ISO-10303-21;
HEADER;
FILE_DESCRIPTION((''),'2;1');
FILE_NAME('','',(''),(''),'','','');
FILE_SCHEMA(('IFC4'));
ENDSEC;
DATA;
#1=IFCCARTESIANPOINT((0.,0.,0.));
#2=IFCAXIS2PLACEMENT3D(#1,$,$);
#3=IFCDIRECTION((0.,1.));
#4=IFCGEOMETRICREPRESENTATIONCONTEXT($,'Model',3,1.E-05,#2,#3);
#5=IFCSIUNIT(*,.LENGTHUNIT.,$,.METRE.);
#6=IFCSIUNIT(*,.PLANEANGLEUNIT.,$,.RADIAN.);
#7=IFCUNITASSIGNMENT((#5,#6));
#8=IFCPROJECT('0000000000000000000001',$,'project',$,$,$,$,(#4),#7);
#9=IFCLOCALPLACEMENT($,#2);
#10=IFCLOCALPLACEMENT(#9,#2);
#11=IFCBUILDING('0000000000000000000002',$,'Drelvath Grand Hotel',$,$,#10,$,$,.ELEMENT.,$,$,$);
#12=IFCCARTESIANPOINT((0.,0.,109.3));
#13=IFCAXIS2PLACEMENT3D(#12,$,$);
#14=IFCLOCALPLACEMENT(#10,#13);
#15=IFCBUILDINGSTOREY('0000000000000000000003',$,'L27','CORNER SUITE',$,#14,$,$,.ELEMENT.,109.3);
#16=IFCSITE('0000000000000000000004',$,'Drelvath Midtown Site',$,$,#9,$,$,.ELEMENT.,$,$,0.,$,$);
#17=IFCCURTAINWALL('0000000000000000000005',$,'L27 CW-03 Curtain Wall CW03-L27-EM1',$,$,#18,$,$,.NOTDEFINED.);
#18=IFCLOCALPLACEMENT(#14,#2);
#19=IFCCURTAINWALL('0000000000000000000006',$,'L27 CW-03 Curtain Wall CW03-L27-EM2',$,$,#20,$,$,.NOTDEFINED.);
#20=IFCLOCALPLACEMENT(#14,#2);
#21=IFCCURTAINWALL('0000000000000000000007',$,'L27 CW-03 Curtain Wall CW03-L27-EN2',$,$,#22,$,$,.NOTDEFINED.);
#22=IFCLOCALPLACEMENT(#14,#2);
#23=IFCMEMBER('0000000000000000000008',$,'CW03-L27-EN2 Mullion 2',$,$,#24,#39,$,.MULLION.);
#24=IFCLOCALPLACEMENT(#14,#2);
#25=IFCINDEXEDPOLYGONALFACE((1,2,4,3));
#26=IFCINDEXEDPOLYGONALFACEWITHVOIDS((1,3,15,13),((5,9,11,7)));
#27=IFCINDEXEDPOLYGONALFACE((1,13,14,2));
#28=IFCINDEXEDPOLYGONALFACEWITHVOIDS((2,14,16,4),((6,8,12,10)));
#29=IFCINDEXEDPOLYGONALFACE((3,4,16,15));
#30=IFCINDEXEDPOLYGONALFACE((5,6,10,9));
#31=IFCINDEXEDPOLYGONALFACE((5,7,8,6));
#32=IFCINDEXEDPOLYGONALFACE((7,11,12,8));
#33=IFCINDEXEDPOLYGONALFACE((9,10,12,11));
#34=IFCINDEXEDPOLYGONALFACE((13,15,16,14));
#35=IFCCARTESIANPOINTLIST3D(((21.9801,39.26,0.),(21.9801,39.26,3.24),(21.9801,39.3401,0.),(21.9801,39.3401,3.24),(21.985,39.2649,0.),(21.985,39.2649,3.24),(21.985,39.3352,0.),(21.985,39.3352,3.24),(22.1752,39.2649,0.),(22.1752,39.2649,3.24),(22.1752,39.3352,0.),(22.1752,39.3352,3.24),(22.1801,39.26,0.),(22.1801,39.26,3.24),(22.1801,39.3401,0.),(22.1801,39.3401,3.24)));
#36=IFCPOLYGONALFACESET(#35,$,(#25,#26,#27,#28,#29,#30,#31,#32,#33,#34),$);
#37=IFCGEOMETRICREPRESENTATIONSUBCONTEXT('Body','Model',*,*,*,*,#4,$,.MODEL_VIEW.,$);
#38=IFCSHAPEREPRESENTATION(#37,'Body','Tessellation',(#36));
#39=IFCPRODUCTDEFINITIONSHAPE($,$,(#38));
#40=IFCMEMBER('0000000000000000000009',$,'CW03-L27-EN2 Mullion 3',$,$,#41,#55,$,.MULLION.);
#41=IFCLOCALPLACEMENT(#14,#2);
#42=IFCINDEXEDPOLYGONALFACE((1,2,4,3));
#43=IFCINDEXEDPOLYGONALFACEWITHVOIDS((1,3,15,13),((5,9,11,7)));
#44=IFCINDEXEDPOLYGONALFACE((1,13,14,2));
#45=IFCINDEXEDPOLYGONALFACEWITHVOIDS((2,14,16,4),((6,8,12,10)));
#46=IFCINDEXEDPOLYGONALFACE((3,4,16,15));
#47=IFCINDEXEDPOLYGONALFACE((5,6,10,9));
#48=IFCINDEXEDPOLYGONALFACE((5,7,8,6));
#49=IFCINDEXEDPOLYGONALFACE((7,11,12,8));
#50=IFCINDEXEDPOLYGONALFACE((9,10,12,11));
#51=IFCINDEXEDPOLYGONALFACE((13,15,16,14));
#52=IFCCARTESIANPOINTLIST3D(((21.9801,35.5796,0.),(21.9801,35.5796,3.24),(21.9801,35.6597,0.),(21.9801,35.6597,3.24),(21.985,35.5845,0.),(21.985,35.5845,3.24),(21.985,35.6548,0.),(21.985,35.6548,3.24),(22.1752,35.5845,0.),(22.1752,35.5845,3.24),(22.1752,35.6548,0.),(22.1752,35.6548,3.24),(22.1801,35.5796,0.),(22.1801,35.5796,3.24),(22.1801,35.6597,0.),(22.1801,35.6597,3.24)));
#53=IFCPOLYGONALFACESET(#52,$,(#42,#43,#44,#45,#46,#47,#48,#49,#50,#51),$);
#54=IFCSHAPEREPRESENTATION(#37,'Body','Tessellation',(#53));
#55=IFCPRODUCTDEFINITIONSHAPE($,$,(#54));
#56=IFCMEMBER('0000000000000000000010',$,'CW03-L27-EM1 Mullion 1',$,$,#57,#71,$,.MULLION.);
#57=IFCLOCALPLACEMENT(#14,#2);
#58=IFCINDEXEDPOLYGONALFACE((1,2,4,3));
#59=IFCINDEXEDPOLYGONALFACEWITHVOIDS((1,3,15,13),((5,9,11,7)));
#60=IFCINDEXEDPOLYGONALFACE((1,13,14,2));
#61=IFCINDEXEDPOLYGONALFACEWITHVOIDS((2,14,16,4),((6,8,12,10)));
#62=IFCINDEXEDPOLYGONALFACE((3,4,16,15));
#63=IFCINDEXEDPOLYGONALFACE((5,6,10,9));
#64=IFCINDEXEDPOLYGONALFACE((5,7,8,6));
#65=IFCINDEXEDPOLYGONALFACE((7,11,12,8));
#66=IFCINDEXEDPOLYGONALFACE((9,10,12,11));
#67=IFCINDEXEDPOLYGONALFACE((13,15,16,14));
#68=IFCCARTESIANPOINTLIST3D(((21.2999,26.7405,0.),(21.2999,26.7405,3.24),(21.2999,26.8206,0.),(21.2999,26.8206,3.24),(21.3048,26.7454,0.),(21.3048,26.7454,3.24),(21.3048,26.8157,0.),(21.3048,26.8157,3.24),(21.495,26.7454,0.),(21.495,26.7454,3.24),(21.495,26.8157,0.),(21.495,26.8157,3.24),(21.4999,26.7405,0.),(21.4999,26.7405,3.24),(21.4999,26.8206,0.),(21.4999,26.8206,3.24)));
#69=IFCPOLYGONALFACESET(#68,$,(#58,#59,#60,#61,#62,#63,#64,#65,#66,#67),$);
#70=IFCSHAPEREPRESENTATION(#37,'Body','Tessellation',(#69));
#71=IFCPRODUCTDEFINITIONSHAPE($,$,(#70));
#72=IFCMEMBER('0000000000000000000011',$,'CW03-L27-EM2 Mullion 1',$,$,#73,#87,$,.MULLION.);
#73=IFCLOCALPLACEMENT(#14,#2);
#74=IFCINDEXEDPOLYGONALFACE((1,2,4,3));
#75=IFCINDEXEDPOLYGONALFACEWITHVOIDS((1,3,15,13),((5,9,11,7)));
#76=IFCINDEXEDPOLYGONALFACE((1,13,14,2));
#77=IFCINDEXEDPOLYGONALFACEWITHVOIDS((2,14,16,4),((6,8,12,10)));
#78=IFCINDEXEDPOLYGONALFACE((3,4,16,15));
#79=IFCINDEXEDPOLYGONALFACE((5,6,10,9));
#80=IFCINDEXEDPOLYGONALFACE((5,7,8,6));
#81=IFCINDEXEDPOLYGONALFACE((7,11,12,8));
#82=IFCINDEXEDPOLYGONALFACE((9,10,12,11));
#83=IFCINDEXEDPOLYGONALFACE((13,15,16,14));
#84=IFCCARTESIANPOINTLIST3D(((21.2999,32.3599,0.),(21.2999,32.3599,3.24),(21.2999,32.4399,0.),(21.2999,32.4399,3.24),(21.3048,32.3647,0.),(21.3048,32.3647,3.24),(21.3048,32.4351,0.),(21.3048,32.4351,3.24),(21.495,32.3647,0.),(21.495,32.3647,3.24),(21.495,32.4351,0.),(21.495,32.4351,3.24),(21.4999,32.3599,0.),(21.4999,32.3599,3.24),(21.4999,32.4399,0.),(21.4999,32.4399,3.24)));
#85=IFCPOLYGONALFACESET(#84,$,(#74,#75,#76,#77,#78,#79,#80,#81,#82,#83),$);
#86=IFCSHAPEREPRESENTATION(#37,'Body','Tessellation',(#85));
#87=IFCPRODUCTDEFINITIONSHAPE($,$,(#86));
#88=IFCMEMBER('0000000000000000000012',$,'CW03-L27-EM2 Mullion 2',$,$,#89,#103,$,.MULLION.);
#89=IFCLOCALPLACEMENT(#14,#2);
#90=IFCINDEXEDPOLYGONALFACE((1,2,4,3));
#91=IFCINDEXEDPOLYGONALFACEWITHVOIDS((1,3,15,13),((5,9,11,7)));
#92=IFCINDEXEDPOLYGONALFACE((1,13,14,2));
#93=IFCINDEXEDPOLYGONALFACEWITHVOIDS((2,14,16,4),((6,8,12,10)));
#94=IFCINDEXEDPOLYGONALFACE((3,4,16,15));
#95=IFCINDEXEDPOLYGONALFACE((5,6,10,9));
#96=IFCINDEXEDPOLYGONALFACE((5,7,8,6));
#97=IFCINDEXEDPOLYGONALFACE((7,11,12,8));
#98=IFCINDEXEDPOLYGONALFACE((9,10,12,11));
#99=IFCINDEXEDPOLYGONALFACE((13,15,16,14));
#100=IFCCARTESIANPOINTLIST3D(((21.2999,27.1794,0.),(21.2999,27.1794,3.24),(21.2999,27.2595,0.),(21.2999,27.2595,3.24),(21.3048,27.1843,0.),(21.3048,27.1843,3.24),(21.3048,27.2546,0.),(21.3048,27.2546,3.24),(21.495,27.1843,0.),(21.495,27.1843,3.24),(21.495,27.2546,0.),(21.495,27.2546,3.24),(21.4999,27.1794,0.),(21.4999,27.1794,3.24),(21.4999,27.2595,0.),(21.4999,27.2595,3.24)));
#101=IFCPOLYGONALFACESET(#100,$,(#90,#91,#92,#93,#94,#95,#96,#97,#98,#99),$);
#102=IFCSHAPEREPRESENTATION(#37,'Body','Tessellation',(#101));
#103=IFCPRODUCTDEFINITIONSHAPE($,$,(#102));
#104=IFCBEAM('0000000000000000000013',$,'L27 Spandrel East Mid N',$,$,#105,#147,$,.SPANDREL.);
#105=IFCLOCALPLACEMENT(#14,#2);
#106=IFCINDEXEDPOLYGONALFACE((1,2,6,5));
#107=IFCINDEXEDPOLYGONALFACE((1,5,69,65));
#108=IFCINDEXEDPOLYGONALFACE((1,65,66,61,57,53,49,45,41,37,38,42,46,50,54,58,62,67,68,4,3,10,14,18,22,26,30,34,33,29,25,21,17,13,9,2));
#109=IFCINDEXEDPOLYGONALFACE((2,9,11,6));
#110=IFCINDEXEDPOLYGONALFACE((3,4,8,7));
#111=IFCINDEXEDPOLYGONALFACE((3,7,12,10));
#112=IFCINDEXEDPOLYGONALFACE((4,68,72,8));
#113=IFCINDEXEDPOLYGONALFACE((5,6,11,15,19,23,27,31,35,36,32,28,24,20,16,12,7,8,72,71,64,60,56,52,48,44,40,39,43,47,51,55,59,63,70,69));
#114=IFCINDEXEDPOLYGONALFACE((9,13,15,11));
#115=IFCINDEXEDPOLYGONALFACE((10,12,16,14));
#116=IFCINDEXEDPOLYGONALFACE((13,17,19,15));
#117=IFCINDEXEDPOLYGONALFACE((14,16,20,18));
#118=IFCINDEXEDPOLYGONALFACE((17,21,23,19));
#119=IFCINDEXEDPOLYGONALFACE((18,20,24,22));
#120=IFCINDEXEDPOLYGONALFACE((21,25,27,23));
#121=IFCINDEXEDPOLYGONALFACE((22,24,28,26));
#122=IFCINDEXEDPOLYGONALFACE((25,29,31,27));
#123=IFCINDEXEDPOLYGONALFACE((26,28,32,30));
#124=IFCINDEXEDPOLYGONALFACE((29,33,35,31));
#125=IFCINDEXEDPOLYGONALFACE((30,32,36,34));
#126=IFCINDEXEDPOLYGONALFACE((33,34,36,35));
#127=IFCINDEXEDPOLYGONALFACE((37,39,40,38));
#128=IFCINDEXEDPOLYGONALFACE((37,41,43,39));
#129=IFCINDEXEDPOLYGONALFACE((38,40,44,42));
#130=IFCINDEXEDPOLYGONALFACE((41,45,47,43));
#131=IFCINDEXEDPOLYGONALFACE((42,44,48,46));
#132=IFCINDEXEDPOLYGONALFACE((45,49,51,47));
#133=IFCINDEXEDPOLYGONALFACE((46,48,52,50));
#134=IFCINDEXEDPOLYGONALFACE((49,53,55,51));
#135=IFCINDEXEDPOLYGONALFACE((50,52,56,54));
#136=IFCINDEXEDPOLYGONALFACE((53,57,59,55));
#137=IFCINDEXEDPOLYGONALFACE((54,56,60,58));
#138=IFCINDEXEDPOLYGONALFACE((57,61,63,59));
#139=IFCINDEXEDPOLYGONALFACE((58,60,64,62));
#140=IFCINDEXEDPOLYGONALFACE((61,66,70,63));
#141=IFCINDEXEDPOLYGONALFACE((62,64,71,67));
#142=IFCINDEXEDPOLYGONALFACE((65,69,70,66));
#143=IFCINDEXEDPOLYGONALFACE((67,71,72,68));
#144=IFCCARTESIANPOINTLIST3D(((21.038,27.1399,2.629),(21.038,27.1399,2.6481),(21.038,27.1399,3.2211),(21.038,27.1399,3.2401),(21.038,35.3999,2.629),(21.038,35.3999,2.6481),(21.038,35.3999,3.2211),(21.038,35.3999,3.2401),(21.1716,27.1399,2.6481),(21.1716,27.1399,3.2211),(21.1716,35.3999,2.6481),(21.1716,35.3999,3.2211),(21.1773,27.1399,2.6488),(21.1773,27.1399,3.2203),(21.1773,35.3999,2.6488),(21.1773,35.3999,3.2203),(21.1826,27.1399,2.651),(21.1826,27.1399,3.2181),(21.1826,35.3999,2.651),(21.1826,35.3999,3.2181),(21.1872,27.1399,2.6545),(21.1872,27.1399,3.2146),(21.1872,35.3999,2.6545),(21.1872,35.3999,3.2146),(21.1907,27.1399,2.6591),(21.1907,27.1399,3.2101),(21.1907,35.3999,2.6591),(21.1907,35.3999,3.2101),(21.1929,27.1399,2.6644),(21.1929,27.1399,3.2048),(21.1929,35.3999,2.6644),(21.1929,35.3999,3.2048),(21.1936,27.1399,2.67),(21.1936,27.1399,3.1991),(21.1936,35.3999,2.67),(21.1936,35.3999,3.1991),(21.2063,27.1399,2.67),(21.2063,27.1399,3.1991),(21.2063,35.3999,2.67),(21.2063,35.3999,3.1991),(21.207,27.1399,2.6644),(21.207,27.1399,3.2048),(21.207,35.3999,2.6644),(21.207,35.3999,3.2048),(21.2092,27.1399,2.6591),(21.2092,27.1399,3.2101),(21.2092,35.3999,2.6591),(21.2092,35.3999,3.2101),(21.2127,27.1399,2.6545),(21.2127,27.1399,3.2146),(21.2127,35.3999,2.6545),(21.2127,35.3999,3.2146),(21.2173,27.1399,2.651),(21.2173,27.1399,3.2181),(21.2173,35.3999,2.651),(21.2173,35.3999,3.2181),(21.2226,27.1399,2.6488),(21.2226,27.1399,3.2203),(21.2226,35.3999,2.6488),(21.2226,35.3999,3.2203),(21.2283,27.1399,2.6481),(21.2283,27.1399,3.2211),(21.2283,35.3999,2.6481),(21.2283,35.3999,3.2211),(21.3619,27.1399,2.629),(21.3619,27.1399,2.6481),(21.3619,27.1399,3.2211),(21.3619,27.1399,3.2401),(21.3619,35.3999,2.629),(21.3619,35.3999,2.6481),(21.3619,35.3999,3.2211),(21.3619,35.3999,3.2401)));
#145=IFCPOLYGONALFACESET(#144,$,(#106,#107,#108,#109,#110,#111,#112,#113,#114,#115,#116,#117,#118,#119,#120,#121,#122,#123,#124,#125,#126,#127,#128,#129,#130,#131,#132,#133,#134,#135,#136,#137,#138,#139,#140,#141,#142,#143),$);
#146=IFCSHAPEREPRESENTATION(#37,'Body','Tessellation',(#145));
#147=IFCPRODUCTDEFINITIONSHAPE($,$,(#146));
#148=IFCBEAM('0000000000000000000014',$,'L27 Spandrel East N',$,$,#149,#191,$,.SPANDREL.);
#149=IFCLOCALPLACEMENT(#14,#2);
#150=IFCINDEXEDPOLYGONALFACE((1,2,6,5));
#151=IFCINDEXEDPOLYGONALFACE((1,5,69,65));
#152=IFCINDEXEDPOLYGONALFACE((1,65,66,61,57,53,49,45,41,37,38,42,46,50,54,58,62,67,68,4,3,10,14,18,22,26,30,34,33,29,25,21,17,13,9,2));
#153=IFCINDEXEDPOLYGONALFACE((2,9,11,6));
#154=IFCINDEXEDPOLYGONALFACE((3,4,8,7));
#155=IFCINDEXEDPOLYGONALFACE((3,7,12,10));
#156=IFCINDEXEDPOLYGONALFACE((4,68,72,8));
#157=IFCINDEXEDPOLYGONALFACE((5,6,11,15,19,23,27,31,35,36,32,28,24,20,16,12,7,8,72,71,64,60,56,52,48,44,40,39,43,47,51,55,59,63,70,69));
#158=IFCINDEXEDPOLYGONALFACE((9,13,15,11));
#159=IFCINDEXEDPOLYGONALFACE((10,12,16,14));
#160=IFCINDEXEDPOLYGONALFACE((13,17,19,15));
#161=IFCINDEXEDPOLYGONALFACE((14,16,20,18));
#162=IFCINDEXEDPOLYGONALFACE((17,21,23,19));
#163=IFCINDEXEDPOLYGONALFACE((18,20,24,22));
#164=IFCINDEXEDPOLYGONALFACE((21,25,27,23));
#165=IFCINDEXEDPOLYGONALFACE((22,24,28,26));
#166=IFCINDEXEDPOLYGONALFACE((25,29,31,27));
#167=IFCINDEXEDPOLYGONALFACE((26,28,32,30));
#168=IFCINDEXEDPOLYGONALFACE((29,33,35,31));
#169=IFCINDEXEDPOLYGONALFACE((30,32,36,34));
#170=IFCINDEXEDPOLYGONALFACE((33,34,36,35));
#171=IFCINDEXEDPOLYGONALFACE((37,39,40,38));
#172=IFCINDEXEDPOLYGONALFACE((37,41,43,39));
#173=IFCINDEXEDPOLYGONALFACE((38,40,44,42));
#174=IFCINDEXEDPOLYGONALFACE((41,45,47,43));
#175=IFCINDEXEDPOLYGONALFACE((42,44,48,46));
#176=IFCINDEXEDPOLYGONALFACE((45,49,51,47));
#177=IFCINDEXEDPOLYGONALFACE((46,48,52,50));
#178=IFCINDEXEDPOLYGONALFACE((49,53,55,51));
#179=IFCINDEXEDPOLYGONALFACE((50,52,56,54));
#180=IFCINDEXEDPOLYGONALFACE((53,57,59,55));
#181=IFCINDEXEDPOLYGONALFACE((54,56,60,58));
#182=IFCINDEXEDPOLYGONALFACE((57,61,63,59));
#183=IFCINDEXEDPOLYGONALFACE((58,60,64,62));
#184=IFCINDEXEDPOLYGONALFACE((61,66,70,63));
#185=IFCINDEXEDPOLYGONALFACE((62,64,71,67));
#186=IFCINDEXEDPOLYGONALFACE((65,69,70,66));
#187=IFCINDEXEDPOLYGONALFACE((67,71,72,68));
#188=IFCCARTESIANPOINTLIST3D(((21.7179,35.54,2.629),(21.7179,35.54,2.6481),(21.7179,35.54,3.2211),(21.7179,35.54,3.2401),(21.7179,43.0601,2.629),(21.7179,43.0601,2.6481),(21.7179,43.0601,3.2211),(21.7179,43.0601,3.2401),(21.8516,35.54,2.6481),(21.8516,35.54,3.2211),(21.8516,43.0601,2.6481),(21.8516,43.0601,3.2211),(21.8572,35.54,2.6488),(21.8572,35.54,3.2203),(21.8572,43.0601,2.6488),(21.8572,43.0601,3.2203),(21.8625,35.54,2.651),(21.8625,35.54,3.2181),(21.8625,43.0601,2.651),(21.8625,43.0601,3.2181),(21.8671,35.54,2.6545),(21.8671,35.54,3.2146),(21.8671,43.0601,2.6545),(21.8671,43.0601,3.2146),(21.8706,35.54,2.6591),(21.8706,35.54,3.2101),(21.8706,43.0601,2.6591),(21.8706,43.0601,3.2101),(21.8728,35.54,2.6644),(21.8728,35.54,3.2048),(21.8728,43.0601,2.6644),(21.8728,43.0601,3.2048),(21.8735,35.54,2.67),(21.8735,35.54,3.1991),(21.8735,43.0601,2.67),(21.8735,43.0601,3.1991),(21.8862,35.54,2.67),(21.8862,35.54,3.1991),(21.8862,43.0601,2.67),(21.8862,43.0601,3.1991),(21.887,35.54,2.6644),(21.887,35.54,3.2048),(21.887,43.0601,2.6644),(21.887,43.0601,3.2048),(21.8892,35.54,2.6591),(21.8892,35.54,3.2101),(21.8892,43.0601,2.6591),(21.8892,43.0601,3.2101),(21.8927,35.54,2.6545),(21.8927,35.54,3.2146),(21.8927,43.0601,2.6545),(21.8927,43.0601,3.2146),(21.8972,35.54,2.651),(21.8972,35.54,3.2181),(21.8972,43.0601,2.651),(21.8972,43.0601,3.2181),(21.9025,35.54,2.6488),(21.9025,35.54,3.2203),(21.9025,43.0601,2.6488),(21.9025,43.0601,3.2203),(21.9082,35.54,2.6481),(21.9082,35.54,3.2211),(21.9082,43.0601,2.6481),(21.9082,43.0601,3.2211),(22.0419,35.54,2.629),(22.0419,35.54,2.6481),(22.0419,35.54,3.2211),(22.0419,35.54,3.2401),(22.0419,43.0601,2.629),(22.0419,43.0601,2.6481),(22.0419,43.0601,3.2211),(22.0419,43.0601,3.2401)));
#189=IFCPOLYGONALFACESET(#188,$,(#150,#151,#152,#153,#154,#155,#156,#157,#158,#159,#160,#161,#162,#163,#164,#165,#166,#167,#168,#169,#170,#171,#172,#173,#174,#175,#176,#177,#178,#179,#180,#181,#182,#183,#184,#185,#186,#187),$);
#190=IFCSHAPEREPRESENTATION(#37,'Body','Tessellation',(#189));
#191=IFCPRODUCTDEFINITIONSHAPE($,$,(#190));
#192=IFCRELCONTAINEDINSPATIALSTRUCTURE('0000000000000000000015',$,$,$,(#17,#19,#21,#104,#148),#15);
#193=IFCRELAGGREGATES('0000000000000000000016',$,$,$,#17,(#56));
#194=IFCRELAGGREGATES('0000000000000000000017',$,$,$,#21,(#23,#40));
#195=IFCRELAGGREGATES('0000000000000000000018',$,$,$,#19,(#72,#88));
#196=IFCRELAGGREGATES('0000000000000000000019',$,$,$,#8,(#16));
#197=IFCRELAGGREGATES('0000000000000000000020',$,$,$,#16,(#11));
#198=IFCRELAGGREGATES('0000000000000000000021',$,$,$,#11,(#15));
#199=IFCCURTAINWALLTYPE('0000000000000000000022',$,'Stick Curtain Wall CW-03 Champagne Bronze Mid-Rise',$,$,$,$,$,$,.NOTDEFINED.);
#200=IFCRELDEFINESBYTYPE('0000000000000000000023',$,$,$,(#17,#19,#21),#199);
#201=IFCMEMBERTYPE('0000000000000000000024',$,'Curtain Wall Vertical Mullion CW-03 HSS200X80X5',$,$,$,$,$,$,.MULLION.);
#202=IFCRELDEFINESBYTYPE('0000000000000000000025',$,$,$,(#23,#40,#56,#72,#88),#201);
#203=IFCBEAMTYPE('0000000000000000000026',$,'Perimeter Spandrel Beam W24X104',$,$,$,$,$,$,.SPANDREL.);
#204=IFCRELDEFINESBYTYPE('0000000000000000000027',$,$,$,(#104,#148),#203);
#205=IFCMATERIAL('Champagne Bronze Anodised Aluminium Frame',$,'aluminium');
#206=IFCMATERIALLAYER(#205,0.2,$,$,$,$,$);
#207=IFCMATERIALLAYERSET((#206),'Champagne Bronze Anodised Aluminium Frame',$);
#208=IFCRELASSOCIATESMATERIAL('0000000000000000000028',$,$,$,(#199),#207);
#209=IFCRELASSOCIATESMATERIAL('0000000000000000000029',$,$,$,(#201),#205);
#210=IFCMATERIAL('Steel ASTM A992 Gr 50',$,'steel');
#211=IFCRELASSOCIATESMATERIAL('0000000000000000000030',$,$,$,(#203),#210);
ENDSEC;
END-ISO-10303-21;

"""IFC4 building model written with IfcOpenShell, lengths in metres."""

from ifc_helpers import new_model, si_unit, direction, frame, origin, origin_2d, place, context, subcontext, project, spatial, hollow_rectangle, i_section, extrude, material, layer, layer_set, material_profile, profile_set, type_object, element, aggregate, save


model = new_model("IFC4")

# Units and contexts
model_context = context("Model", 3, precision=1e-05, world=origin(), true_north=direction((0.0, 1.0)))
body_context = subcontext(model_context, "Body", "Model", "MODEL_VIEW")
ifc_project = project(units=[si_unit("LENGTHUNIT", "METRE"), si_unit("PLANEANGLEUNIT", "RADIAN")], contexts=[model_context])

# Site, building, storey
site_placement = place(None, origin())
site = spatial("IfcSite", under=ifc_project, at=site_placement, Name="Drelvath Midtown Site", CompositionType="ELEMENT", RefElevation=0.0)
building_placement = place(site_placement, origin())
building = spatial("IfcBuilding", under=site, at=building_placement, Name="Drelvath Grand Hotel", CompositionType="ELEMENT")
storey_placement = place(building_placement, frame((0.0, 0.0, 109.3)))
storey = spatial("IfcBuildingStorey", under=building, at=storey_placement, Name="L27", Description="CORNER SUITE", CompositionType="ELEMENT", Elevation=109.3)

# Curtain walls
ifc_material_1 = material(Name="Champagne Bronze Anodised Aluminium Frame", Category="aluminium")
ifc_layer_1 = layer(ifc_material_1, 0.2)
ifc_layer_set_1 = layer_set([ifc_layer_1], Name="Champagne Bronze Anodised Aluminium Frame")
curtain_wall_type = type_object("IfcCurtainWallType", Name="Stick Curtain Wall CW-03 Champagne Bronze Mid-Rise", PredefinedType="NOTDEFINED", material=ifc_layer_set_1)
curtain_wall_1_placement = place(storey_placement, origin())
curtain_wall_1 = element("IfcCurtainWall", 1, at=curtain_wall_1_placement, inside=storey, type_object=curtain_wall_type, Name="L27 CW-03 Curtain Wall CW03-L27-EM1", PredefinedType="NOTDEFINED")
curtain_wall_2_placement = place(storey_placement, origin())
curtain_wall_2 = element("IfcCurtainWall", 2, at=curtain_wall_2_placement, inside=storey, type_object=curtain_wall_type, Name="L27 CW-03 Curtain Wall CW03-L27-EM2", PredefinedType="NOTDEFINED")

# Shared definitions
ifc_material_profile_1 = material_profile(ifc_material_1, hollow_rectangle(XDim=0.0801, YDim=0.2, WallThickness=0.0049, at=origin_2d()), Name="HSS200X80X5")
ifc_profile_set_1 = profile_set([ifc_material_profile_1], Name="Champagne Bronze Anodised Aluminium Frame")
member_type_1 = type_object("IfcMemberType", Name="Curtain Wall Vertical Mullion CW-03 HSS200X80X5", PredefinedType="MULLION", material=ifc_profile_set_1)

# Curtain wall, members
curtain_wall_3_placement = place(storey_placement, origin())
curtain_wall_3 = element("IfcCurtainWall", 3, at=curtain_wall_3_placement, inside=storey, type_object=curtain_wall_type, Name="L27 CW-03 Curtain Wall CW03-L27-EN2", PredefinedType="NOTDEFINED")
member_1_placement = place(storey_placement, frame((22.0801, 39.3, 0.0), z_axis=(0.0, 0.0, 1.0), x_axis=(0.0, 1.0, 0.0)))
member_1 = element("IfcMember", 4, at=member_1_placement, type_object=member_type_1, Name="CW03-L27-EN2 Mullion 2", PredefinedType="MULLION", context=body_context, shape_type="SweptSolid", body=[
    extrude(hollow_rectangle(XDim=0.0801, YDim=0.2, WallThickness=0.0049, at=origin_2d()), origin(), (0.0, 0.0, 1.0), 3.24),
])
member_2_placement = place(storey_placement, frame((22.0801, 35.6196, 0.0), z_axis=(0.0, 0.0, 1.0), x_axis=(0.0, 1.0, 0.0)))
member_2 = element("IfcMember", 5, at=member_2_placement, type_object=member_type_1, Name="CW03-L27-EN2 Mullion 3", PredefinedType="MULLION", context=body_context, shape_type="SweptSolid", body=[
    extrude(hollow_rectangle(XDim=0.0801, YDim=0.2, WallThickness=0.0049, at=origin_2d()), origin(), (0.0, 0.0, 1.0), 3.24),
])

# Members
member_3_placement = place(storey_placement, frame((21.3999, 26.7805, 0.0), z_axis=(0.0, 0.0, 1.0), x_axis=(0.0, 1.0, 0.0)))
member_3 = element("IfcMember", 6, at=member_3_placement, type_object=member_type_1, Name="CW03-L27-EM1 Mullion 1", PredefinedType="MULLION", context=body_context, shape_type="SweptSolid", body=[
    extrude(hollow_rectangle(XDim=0.0801, YDim=0.2, WallThickness=0.0049, at=origin_2d()), origin(), (0.0, 0.0, 1.0), 3.24),
])
aggregate(curtain_wall_1, [member_3])
member_4_placement = place(storey_placement, frame((21.3999, 32.3999, 0.0), z_axis=(0.0, 0.0, 1.0), x_axis=(0.0, 1.0, 0.0)))
member_4 = element("IfcMember", 7, at=member_4_placement, type_object=member_type_1, Name="CW03-L27-EM2 Mullion 1", PredefinedType="MULLION", context=body_context, shape_type="SweptSolid", body=[
    extrude(hollow_rectangle(XDim=0.0801, YDim=0.2, WallThickness=0.0049, at=origin_2d()), origin(), (0.0, 0.0, 1.0), 3.24),
])
member_5_placement = place(storey_placement, frame((21.3999, 27.2195, 0.0), z_axis=(0.0, 0.0, 1.0), x_axis=(0.0, 1.0, 0.0)))
member_5 = element("IfcMember", 8, at=member_5_placement, type_object=member_type_1, Name="CW03-L27-EM2 Mullion 2", PredefinedType="MULLION", context=body_context, shape_type="SweptSolid", body=[
    extrude(hollow_rectangle(XDim=0.0801, YDim=0.2, WallThickness=0.0049, at=origin_2d()), origin(), (0.0, 0.0, 1.0), 3.24),
])

# Beams
ifc_material_2 = material(Name="Steel ASTM A992 Gr 50", Category="steel")
ifc_material_profile_2 = material_profile(ifc_material_2, i_section(OverallWidth=0.324, OverallDepth=0.6111, WebThickness=0.0127, FlangeThickness=0.019, FilletRadius=0.022, at=origin_2d()), Name="W24X104")
ifc_profile_set_2 = profile_set([ifc_material_profile_2], Name="Steel ASTM A992 Gr 50")
beam_type_1 = type_object("IfcBeamType", Name="Perimeter Spandrel Beam W24X104", PredefinedType="SPANDREL", material=ifc_profile_set_2)
beam_1_placement = place(storey_placement, frame((21.2, 27.1399, 2.9346), z_axis=(0.0, 1.0, 0.0), x_axis=(-1.0, 0.0, 0.0)))
element("IfcBeam", 9, at=beam_1_placement, inside=storey, type_object=beam_type_1, Name="L27 Spandrel East Mid N", PredefinedType="SPANDREL", context=body_context, shape_type="SweptSolid", body=[
    extrude(i_section(OverallWidth=0.324, OverallDepth=0.6111, WebThickness=0.0127, FlangeThickness=0.019, FilletRadius=0.022, at=origin_2d()), origin(), (0.0, 0.0, 1.0), 8.26),
])
beam_2_placement = place(storey_placement, frame((21.8799, 35.54, 2.9346), z_axis=(0.0, 1.0, 0.0), x_axis=(-1.0, 0.0, 0.0)))
element("IfcBeam", 10, at=beam_2_placement, inside=storey, type_object=beam_type_1, Name="L27 Spandrel East N", PredefinedType="SPANDREL", context=body_context, shape_type="SweptSolid", body=[
    extrude(i_section(OverallWidth=0.324, OverallDepth=0.6111, WebThickness=0.0127, FlangeThickness=0.019, FilletRadius=0.022, at=origin_2d()), origin(), (0.0, 0.0, 1.0), 7.52),
])

aggregate(curtain_wall_3, [member_1, member_2])
aggregate(curtain_wall_2, [member_4, member_5])

save(model, "model.ifc")
